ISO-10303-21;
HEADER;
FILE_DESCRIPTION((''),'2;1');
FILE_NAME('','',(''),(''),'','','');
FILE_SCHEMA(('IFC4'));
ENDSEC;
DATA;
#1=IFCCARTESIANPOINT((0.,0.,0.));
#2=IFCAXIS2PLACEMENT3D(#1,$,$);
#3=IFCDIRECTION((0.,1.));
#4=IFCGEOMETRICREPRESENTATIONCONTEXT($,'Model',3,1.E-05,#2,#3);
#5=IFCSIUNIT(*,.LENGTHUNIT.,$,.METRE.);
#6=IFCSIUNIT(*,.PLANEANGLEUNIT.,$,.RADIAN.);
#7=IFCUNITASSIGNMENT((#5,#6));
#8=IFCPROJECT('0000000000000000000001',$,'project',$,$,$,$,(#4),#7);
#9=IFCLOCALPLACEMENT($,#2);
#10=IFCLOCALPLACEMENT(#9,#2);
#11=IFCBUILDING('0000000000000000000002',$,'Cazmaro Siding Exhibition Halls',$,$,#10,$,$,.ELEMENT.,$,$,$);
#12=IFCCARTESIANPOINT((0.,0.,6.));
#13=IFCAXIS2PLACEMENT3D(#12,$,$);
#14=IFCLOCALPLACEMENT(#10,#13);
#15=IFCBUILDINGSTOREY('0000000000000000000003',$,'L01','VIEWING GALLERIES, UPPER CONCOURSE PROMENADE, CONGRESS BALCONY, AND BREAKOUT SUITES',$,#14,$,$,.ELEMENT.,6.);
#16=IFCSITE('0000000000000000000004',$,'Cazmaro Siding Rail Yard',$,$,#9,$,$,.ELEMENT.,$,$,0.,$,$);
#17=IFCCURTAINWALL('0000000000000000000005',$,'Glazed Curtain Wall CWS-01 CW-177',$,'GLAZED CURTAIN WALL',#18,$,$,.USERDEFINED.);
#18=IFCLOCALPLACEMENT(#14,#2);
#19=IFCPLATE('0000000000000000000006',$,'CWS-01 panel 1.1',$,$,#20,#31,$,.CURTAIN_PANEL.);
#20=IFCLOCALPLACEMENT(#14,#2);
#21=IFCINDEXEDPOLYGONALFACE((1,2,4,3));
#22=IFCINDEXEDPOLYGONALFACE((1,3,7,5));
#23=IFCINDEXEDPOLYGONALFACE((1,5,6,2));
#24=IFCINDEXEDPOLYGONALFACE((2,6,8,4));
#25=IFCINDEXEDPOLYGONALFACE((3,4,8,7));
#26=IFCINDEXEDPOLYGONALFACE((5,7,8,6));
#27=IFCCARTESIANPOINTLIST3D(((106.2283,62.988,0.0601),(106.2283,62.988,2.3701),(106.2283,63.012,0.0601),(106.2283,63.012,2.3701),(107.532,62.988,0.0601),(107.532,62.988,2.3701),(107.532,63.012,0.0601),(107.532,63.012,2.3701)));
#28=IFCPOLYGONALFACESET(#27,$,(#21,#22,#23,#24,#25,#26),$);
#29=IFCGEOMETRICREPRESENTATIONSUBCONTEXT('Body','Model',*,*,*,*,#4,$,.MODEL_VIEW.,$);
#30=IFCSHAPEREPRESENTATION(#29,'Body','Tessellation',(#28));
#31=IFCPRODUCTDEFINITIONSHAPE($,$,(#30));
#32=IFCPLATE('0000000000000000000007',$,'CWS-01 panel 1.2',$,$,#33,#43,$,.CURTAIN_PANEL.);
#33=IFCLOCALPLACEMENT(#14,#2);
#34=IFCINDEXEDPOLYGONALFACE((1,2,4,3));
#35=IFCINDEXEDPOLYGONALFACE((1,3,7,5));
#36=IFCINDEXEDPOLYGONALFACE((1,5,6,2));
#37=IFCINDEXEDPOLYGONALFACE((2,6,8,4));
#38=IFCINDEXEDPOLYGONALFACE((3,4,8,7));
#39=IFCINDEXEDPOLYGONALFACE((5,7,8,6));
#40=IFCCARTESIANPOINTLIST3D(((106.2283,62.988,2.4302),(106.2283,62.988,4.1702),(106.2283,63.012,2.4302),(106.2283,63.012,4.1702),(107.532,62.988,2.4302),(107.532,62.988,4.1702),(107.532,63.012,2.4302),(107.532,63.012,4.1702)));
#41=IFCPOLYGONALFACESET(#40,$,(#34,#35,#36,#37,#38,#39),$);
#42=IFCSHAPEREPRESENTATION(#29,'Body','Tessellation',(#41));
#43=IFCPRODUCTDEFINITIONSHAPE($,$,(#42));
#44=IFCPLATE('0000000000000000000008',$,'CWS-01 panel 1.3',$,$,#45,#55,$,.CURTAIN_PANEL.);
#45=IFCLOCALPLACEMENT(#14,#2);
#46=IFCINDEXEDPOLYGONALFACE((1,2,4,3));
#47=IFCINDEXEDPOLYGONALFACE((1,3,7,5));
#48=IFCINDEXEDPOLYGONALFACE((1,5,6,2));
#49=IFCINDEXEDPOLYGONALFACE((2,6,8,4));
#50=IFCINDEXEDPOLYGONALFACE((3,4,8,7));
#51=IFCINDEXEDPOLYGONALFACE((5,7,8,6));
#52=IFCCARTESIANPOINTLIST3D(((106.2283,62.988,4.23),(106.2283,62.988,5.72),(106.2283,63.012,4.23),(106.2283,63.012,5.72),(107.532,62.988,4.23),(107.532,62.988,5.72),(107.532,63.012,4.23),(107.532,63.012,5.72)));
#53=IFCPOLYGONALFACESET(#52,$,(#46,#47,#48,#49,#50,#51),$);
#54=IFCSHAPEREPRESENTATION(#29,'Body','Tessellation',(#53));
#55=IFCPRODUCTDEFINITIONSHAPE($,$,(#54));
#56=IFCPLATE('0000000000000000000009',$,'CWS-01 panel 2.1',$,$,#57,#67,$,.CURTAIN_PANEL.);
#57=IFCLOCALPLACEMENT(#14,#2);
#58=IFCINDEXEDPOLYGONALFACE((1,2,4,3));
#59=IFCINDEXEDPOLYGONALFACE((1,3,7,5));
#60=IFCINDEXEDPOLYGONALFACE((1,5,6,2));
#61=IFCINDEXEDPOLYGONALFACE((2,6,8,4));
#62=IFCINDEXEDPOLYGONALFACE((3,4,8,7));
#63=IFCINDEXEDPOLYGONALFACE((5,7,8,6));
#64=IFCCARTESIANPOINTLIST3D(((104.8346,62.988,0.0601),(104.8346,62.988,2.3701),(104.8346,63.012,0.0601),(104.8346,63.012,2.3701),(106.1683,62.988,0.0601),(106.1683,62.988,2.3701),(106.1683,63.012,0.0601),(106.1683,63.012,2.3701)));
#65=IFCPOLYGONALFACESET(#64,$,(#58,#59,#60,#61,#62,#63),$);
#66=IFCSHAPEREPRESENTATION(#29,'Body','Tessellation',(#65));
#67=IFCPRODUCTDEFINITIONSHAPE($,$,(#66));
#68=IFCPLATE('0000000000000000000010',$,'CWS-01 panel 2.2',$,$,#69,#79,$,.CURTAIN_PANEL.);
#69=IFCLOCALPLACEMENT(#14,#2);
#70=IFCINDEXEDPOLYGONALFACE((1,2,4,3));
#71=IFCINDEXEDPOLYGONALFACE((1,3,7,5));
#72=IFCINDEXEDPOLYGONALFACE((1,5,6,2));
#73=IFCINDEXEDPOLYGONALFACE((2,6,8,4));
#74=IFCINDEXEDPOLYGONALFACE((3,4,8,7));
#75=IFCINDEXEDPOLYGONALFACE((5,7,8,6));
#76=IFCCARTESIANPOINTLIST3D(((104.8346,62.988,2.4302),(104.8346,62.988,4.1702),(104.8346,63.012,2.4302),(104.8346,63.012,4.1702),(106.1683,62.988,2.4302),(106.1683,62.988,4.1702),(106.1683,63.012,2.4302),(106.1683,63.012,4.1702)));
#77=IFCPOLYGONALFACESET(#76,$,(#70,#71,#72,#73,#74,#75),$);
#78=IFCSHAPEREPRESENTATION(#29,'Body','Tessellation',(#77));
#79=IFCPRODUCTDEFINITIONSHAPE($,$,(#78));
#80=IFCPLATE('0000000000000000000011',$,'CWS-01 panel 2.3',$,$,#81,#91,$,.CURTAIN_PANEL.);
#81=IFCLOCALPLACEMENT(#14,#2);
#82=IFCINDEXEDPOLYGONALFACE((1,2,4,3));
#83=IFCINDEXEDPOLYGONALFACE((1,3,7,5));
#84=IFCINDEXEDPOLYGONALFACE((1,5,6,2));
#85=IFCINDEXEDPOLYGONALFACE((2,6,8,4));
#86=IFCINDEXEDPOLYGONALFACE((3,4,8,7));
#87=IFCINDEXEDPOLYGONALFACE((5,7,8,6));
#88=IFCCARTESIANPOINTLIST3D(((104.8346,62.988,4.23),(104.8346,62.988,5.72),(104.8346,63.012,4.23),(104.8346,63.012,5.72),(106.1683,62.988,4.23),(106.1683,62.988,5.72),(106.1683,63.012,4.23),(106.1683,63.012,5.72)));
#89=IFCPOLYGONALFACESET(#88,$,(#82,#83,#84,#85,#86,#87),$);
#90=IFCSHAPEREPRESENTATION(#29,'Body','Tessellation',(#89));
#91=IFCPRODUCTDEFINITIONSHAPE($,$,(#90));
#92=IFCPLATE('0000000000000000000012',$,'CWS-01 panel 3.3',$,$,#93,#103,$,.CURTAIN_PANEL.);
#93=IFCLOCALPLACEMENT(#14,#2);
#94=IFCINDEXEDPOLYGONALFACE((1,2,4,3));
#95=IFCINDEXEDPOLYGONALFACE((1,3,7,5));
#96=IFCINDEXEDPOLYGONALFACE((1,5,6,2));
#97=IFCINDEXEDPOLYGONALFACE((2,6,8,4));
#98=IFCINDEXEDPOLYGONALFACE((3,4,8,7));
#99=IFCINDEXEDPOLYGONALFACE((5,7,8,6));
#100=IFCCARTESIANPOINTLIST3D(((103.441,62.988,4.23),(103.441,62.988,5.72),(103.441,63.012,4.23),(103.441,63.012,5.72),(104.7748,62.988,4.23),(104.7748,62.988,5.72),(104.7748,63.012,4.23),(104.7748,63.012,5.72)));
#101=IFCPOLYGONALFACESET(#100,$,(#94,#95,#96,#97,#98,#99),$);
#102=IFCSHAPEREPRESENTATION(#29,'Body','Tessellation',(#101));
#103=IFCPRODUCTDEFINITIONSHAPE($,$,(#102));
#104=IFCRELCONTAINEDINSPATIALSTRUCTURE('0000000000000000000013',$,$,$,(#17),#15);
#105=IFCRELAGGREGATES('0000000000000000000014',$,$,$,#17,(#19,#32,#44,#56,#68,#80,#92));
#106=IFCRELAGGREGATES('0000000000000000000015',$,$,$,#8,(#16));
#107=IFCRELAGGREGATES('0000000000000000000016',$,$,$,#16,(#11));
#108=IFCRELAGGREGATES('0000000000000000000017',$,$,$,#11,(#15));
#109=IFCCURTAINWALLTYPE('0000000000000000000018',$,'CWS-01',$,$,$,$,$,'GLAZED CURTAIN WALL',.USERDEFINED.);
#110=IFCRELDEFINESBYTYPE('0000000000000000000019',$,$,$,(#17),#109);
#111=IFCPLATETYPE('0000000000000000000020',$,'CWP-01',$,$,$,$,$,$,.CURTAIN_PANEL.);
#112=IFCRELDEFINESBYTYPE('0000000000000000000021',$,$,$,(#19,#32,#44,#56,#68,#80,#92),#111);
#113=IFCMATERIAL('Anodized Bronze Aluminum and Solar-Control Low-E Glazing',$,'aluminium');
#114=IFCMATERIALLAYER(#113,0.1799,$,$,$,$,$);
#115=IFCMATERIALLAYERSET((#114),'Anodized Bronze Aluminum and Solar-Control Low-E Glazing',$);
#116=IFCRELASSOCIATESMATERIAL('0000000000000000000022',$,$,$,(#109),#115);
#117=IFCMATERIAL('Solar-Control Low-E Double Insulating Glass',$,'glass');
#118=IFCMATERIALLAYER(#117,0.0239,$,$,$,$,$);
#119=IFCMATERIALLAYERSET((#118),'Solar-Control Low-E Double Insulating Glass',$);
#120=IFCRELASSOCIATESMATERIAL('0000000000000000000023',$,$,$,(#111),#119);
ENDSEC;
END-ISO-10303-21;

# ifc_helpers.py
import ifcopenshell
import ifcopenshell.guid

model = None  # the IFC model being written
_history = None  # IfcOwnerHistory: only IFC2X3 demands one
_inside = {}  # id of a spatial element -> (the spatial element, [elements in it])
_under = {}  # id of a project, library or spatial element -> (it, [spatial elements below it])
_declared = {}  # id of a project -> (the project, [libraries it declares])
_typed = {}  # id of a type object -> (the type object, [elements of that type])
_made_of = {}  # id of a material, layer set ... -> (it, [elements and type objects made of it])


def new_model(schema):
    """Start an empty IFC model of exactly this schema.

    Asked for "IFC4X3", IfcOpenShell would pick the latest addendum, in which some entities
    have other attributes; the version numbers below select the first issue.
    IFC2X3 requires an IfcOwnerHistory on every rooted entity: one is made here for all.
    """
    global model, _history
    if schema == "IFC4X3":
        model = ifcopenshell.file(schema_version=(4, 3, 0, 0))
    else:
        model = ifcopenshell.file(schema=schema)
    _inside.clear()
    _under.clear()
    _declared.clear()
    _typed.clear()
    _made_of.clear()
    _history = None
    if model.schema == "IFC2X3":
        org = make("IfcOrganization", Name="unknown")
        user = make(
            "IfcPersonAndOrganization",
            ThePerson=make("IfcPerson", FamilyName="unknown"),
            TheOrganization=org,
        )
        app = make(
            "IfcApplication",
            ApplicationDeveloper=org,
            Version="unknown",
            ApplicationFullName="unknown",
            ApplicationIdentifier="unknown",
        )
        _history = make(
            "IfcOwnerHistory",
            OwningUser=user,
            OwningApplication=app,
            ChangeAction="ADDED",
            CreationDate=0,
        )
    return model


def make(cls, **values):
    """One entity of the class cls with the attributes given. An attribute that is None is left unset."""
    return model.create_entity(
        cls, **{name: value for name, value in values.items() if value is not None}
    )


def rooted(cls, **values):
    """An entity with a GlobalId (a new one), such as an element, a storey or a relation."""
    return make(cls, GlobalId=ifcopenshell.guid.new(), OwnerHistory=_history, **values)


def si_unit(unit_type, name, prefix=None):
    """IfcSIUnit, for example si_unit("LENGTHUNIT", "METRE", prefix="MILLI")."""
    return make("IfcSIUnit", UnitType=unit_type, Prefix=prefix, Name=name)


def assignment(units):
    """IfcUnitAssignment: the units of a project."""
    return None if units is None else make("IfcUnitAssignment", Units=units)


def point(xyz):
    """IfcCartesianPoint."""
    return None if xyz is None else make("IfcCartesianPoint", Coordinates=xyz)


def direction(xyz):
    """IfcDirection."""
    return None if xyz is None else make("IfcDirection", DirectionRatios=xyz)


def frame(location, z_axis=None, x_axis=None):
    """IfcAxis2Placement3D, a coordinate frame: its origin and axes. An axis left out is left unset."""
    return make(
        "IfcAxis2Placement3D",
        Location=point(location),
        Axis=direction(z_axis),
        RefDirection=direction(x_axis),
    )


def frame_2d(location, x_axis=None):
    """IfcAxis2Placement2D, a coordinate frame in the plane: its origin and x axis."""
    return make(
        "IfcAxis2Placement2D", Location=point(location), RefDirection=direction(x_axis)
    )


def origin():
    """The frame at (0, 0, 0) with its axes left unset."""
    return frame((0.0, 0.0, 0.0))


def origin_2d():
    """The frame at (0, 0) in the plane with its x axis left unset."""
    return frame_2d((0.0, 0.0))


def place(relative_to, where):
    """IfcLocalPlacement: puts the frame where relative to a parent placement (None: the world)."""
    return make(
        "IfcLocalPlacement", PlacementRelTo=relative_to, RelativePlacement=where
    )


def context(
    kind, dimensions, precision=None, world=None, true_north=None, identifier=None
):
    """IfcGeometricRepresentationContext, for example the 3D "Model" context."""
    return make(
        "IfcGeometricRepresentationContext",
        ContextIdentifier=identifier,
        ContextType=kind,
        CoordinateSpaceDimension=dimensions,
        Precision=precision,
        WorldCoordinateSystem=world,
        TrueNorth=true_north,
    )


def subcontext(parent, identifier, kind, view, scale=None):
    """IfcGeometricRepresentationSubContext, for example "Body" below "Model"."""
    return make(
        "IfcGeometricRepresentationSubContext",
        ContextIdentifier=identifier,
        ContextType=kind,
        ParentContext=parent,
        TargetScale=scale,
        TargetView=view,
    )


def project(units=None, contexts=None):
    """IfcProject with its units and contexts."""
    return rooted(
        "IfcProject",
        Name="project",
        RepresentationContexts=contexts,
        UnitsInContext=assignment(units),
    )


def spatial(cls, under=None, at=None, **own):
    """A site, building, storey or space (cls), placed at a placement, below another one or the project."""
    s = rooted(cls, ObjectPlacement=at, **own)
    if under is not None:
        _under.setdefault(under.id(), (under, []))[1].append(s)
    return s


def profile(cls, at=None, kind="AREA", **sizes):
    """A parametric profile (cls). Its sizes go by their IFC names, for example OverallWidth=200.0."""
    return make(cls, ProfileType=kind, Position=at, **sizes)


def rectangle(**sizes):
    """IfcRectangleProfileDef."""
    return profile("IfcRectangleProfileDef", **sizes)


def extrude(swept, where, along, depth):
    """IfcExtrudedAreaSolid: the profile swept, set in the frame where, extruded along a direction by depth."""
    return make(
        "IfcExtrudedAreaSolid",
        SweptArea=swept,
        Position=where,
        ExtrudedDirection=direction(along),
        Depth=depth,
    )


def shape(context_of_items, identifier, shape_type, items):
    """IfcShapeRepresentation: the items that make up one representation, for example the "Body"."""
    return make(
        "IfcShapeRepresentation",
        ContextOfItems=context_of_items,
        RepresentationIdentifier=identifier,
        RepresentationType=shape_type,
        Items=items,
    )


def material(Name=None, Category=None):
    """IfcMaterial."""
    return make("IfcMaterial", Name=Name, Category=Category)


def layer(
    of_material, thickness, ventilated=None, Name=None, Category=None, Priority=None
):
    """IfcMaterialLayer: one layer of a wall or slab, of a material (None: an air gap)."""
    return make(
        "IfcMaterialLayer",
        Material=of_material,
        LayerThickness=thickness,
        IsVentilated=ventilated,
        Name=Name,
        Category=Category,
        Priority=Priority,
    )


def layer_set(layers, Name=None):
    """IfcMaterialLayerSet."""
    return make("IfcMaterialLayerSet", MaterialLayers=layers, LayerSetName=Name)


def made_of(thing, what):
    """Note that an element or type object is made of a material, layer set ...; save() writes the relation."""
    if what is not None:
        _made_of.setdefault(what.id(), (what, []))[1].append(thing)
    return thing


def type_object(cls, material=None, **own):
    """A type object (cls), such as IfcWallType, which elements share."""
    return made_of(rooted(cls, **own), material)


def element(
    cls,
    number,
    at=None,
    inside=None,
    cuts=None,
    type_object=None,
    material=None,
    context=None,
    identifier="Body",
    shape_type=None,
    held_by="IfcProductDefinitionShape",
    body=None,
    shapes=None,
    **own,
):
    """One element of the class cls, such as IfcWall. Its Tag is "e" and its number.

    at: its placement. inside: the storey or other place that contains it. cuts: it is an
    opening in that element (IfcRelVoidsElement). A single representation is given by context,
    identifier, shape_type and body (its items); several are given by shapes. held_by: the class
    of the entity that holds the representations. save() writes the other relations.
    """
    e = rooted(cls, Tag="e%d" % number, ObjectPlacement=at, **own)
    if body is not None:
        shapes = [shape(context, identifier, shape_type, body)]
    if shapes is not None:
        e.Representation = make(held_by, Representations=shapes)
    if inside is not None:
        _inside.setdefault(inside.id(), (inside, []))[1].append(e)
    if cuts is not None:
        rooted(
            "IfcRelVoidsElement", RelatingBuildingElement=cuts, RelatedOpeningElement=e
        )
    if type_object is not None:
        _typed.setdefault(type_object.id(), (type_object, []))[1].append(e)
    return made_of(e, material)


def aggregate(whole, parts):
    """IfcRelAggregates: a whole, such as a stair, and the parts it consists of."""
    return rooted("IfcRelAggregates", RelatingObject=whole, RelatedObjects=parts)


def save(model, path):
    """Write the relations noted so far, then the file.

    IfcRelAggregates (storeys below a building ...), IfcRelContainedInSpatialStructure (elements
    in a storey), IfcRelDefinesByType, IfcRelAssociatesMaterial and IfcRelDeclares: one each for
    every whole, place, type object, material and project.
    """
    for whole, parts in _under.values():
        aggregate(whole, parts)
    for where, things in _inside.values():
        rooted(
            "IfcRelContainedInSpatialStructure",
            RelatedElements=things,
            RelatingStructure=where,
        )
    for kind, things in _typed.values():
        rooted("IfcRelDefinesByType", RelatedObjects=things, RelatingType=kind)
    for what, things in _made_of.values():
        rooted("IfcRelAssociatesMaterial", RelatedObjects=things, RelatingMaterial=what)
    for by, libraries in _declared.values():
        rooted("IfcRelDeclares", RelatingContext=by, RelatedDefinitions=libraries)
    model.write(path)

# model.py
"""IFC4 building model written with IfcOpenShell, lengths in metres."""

from ifc_helpers import new_model, si_unit, direction, frame, origin, origin_2d, place, context, subcontext, project, spatial, rectangle, extrude, material, layer, layer_set, type_object, element, aggregate, save


model = new_model("IFC4")

# Units and contexts
model_context = context("Model", 3, precision=1e-05, world=origin(), true_north=direction((0.0, 1.0)))
body_context = subcontext(model_context, "Body", "Model", "MODEL_VIEW")
ifc_project = project(units=[si_unit("LENGTHUNIT", "METRE"), si_unit("PLANEANGLEUNIT", "RADIAN")], contexts=[model_context])

# Site, building, storey
site_placement = place(None, origin())
site = spatial("IfcSite", under=ifc_project, at=site_placement, Name="Cazmaro Siding Rail Yard", CompositionType="ELEMENT", RefElevation=0.0)
building_placement = place(site_placement, origin())
building = spatial("IfcBuilding", under=site, at=building_placement, Name="Cazmaro Siding Exhibition Halls", CompositionType="ELEMENT")
storey_placement = place(building_placement, frame((0.0, 0.0, 6.0)))
storey = spatial("IfcBuildingStorey", under=building, at=storey_placement, Name="L01", Description="VIEWING GALLERIES, UPPER CONCOURSE PROMENADE, CONGRESS BALCONY, AND BREAKOUT SUITES", CompositionType="ELEMENT", Elevation=6.0)

# Curtain wall, plates
ifc_material_1 = material(Name="Anodized Bronze Aluminum and Solar-Control Low-E Glazing", Category="aluminium")
ifc_layer_1 = layer(ifc_material_1, 0.1799)
ifc_layer_set_1 = layer_set([ifc_layer_1], Name="Anodized Bronze Aluminum and Solar-Control Low-E Glazing")
curtain_wall_type = type_object("IfcCurtainWallType", Name="CWS-01", ElementType="GLAZED CURTAIN WALL", PredefinedType="USERDEFINED", material=ifc_layer_set_1)
curtain_wall_placement = place(storey_placement, origin())
curtain_wall = element("IfcCurtainWall", 1, at=curtain_wall_placement, inside=storey, type_object=curtain_wall_type, Name="Glazed Curtain Wall CWS-01 CW-177", ObjectType="GLAZED CURTAIN WALL", PredefinedType="USERDEFINED")
ifc_material_2 = material(Name="Solar-Control Low-E Double Insulating Glass", Category="glass")
ifc_layer_2 = layer(ifc_material_2, 0.0239)
ifc_layer_set_2 = layer_set([ifc_layer_2], Name="Solar-Control Low-E Double Insulating Glass")
plate_type = type_object("IfcPlateType", Name="CWP-01", PredefinedType="CURTAIN_PANEL", material=ifc_layer_set_2)
plate_1_placement = place(storey_placement, frame((106.8801, 63.0, 0.0601), z_axis=(0.0, 0.0, 1.0), x_axis=(-1.0, 0.0, 0.0)))
plate_1 = element("IfcPlate", 2, at=plate_1_placement, type_object=plate_type, Name="CWS-01 panel 1.1", PredefinedType="CURTAIN_PANEL", context=body_context, shape_type="SweptSolid", body=[
    extrude(rectangle(XDim=1.3037, YDim=0.0239, at=origin_2d()), origin(), (0.0, 0.0, 1.0), 2.3101),
])
plate_2_placement = place(storey_placement, frame((106.8801, 63.0, 2.4302), z_axis=(0.0, 0.0, 1.0), x_axis=(-1.0, 0.0, 0.0)))
plate_2 = element("IfcPlate", 3, at=plate_2_placement, type_object=plate_type, Name="CWS-01 panel 1.2", PredefinedType="CURTAIN_PANEL", context=body_context, shape_type="SweptSolid", body=[
    extrude(rectangle(XDim=1.3037, YDim=0.0239, at=origin_2d()), origin(), (0.0, 0.0, 1.0), 1.74),
])
plate_3_placement = place(storey_placement, frame((106.8801, 63.0, 4.23), z_axis=(0.0, 0.0, 1.0), x_axis=(-1.0, 0.0, 0.0)))
plate_3 = element("IfcPlate", 4, at=plate_3_placement, type_object=plate_type, Name="CWS-01 panel 1.3", PredefinedType="CURTAIN_PANEL", context=body_context, shape_type="SweptSolid", body=[
    extrude(rectangle(XDim=1.3037, YDim=0.0239, at=origin_2d()), origin(), (0.0, 0.0, 1.0), 1.49),
])
plate_4_placement = place(storey_placement, frame((105.5015, 63.0, 0.0601), z_axis=(0.0, 0.0, 1.0), x_axis=(-1.0, 0.0, 0.0)))
plate_4 = element("IfcPlate", 5, at=plate_4_placement, type_object=plate_type, Name="CWS-01 panel 2.1", PredefinedType="CURTAIN_PANEL", context=body_context, shape_type="SweptSolid", body=[
    extrude(rectangle(XDim=1.3337, YDim=0.0239, at=origin_2d()), origin(), (0.0, 0.0, 1.0), 2.3101),
])
plate_5_placement = place(storey_placement, frame((105.5015, 63.0, 2.4302), z_axis=(0.0, 0.0, 1.0), x_axis=(-1.0, 0.0, 0.0)))
plate_5 = element("IfcPlate", 6, at=plate_5_placement, type_object=plate_type, Name="CWS-01 panel 2.2", PredefinedType="CURTAIN_PANEL", context=body_context, shape_type="SweptSolid", body=[
    extrude(rectangle(XDim=1.3337, YDim=0.0239, at=origin_2d()), origin(), (0.0, 0.0, 1.0), 1.74),
])
plate_6_placement = place(storey_placement, frame((105.5015, 63.0, 4.23), z_axis=(0.0, 0.0, 1.0), x_axis=(-1.0, 0.0, 0.0)))
plate_6 = element("IfcPlate", 7, at=plate_6_placement, type_object=plate_type, Name="CWS-01 panel 2.3", PredefinedType="CURTAIN_PANEL", context=body_context, shape_type="SweptSolid", body=[
    extrude(rectangle(XDim=1.3337, YDim=0.0239, at=origin_2d()), origin(), (0.0, 0.0, 1.0), 1.49),
])
plate_7_placement = place(storey_placement, frame((104.1079, 63.0, 4.23), z_axis=(0.0, 0.0, 1.0), x_axis=(-1.0, 0.0, 0.0)))
plate_7 = element("IfcPlate", 8, at=plate_7_placement, type_object=plate_type, Name="CWS-01 panel 3.3", PredefinedType="CURTAIN_PANEL", context=body_context, shape_type="SweptSolid", body=[
    extrude(rectangle(XDim=1.3337, YDim=0.0239, at=origin_2d()), origin(), (0.0, 0.0, 1.0), 1.49),
])
aggregate(curtain_wall, [plate_1, plate_2, plate_3, plate_4, plate_5, plate_6, plate_7])

save(model, "model.ifc")
